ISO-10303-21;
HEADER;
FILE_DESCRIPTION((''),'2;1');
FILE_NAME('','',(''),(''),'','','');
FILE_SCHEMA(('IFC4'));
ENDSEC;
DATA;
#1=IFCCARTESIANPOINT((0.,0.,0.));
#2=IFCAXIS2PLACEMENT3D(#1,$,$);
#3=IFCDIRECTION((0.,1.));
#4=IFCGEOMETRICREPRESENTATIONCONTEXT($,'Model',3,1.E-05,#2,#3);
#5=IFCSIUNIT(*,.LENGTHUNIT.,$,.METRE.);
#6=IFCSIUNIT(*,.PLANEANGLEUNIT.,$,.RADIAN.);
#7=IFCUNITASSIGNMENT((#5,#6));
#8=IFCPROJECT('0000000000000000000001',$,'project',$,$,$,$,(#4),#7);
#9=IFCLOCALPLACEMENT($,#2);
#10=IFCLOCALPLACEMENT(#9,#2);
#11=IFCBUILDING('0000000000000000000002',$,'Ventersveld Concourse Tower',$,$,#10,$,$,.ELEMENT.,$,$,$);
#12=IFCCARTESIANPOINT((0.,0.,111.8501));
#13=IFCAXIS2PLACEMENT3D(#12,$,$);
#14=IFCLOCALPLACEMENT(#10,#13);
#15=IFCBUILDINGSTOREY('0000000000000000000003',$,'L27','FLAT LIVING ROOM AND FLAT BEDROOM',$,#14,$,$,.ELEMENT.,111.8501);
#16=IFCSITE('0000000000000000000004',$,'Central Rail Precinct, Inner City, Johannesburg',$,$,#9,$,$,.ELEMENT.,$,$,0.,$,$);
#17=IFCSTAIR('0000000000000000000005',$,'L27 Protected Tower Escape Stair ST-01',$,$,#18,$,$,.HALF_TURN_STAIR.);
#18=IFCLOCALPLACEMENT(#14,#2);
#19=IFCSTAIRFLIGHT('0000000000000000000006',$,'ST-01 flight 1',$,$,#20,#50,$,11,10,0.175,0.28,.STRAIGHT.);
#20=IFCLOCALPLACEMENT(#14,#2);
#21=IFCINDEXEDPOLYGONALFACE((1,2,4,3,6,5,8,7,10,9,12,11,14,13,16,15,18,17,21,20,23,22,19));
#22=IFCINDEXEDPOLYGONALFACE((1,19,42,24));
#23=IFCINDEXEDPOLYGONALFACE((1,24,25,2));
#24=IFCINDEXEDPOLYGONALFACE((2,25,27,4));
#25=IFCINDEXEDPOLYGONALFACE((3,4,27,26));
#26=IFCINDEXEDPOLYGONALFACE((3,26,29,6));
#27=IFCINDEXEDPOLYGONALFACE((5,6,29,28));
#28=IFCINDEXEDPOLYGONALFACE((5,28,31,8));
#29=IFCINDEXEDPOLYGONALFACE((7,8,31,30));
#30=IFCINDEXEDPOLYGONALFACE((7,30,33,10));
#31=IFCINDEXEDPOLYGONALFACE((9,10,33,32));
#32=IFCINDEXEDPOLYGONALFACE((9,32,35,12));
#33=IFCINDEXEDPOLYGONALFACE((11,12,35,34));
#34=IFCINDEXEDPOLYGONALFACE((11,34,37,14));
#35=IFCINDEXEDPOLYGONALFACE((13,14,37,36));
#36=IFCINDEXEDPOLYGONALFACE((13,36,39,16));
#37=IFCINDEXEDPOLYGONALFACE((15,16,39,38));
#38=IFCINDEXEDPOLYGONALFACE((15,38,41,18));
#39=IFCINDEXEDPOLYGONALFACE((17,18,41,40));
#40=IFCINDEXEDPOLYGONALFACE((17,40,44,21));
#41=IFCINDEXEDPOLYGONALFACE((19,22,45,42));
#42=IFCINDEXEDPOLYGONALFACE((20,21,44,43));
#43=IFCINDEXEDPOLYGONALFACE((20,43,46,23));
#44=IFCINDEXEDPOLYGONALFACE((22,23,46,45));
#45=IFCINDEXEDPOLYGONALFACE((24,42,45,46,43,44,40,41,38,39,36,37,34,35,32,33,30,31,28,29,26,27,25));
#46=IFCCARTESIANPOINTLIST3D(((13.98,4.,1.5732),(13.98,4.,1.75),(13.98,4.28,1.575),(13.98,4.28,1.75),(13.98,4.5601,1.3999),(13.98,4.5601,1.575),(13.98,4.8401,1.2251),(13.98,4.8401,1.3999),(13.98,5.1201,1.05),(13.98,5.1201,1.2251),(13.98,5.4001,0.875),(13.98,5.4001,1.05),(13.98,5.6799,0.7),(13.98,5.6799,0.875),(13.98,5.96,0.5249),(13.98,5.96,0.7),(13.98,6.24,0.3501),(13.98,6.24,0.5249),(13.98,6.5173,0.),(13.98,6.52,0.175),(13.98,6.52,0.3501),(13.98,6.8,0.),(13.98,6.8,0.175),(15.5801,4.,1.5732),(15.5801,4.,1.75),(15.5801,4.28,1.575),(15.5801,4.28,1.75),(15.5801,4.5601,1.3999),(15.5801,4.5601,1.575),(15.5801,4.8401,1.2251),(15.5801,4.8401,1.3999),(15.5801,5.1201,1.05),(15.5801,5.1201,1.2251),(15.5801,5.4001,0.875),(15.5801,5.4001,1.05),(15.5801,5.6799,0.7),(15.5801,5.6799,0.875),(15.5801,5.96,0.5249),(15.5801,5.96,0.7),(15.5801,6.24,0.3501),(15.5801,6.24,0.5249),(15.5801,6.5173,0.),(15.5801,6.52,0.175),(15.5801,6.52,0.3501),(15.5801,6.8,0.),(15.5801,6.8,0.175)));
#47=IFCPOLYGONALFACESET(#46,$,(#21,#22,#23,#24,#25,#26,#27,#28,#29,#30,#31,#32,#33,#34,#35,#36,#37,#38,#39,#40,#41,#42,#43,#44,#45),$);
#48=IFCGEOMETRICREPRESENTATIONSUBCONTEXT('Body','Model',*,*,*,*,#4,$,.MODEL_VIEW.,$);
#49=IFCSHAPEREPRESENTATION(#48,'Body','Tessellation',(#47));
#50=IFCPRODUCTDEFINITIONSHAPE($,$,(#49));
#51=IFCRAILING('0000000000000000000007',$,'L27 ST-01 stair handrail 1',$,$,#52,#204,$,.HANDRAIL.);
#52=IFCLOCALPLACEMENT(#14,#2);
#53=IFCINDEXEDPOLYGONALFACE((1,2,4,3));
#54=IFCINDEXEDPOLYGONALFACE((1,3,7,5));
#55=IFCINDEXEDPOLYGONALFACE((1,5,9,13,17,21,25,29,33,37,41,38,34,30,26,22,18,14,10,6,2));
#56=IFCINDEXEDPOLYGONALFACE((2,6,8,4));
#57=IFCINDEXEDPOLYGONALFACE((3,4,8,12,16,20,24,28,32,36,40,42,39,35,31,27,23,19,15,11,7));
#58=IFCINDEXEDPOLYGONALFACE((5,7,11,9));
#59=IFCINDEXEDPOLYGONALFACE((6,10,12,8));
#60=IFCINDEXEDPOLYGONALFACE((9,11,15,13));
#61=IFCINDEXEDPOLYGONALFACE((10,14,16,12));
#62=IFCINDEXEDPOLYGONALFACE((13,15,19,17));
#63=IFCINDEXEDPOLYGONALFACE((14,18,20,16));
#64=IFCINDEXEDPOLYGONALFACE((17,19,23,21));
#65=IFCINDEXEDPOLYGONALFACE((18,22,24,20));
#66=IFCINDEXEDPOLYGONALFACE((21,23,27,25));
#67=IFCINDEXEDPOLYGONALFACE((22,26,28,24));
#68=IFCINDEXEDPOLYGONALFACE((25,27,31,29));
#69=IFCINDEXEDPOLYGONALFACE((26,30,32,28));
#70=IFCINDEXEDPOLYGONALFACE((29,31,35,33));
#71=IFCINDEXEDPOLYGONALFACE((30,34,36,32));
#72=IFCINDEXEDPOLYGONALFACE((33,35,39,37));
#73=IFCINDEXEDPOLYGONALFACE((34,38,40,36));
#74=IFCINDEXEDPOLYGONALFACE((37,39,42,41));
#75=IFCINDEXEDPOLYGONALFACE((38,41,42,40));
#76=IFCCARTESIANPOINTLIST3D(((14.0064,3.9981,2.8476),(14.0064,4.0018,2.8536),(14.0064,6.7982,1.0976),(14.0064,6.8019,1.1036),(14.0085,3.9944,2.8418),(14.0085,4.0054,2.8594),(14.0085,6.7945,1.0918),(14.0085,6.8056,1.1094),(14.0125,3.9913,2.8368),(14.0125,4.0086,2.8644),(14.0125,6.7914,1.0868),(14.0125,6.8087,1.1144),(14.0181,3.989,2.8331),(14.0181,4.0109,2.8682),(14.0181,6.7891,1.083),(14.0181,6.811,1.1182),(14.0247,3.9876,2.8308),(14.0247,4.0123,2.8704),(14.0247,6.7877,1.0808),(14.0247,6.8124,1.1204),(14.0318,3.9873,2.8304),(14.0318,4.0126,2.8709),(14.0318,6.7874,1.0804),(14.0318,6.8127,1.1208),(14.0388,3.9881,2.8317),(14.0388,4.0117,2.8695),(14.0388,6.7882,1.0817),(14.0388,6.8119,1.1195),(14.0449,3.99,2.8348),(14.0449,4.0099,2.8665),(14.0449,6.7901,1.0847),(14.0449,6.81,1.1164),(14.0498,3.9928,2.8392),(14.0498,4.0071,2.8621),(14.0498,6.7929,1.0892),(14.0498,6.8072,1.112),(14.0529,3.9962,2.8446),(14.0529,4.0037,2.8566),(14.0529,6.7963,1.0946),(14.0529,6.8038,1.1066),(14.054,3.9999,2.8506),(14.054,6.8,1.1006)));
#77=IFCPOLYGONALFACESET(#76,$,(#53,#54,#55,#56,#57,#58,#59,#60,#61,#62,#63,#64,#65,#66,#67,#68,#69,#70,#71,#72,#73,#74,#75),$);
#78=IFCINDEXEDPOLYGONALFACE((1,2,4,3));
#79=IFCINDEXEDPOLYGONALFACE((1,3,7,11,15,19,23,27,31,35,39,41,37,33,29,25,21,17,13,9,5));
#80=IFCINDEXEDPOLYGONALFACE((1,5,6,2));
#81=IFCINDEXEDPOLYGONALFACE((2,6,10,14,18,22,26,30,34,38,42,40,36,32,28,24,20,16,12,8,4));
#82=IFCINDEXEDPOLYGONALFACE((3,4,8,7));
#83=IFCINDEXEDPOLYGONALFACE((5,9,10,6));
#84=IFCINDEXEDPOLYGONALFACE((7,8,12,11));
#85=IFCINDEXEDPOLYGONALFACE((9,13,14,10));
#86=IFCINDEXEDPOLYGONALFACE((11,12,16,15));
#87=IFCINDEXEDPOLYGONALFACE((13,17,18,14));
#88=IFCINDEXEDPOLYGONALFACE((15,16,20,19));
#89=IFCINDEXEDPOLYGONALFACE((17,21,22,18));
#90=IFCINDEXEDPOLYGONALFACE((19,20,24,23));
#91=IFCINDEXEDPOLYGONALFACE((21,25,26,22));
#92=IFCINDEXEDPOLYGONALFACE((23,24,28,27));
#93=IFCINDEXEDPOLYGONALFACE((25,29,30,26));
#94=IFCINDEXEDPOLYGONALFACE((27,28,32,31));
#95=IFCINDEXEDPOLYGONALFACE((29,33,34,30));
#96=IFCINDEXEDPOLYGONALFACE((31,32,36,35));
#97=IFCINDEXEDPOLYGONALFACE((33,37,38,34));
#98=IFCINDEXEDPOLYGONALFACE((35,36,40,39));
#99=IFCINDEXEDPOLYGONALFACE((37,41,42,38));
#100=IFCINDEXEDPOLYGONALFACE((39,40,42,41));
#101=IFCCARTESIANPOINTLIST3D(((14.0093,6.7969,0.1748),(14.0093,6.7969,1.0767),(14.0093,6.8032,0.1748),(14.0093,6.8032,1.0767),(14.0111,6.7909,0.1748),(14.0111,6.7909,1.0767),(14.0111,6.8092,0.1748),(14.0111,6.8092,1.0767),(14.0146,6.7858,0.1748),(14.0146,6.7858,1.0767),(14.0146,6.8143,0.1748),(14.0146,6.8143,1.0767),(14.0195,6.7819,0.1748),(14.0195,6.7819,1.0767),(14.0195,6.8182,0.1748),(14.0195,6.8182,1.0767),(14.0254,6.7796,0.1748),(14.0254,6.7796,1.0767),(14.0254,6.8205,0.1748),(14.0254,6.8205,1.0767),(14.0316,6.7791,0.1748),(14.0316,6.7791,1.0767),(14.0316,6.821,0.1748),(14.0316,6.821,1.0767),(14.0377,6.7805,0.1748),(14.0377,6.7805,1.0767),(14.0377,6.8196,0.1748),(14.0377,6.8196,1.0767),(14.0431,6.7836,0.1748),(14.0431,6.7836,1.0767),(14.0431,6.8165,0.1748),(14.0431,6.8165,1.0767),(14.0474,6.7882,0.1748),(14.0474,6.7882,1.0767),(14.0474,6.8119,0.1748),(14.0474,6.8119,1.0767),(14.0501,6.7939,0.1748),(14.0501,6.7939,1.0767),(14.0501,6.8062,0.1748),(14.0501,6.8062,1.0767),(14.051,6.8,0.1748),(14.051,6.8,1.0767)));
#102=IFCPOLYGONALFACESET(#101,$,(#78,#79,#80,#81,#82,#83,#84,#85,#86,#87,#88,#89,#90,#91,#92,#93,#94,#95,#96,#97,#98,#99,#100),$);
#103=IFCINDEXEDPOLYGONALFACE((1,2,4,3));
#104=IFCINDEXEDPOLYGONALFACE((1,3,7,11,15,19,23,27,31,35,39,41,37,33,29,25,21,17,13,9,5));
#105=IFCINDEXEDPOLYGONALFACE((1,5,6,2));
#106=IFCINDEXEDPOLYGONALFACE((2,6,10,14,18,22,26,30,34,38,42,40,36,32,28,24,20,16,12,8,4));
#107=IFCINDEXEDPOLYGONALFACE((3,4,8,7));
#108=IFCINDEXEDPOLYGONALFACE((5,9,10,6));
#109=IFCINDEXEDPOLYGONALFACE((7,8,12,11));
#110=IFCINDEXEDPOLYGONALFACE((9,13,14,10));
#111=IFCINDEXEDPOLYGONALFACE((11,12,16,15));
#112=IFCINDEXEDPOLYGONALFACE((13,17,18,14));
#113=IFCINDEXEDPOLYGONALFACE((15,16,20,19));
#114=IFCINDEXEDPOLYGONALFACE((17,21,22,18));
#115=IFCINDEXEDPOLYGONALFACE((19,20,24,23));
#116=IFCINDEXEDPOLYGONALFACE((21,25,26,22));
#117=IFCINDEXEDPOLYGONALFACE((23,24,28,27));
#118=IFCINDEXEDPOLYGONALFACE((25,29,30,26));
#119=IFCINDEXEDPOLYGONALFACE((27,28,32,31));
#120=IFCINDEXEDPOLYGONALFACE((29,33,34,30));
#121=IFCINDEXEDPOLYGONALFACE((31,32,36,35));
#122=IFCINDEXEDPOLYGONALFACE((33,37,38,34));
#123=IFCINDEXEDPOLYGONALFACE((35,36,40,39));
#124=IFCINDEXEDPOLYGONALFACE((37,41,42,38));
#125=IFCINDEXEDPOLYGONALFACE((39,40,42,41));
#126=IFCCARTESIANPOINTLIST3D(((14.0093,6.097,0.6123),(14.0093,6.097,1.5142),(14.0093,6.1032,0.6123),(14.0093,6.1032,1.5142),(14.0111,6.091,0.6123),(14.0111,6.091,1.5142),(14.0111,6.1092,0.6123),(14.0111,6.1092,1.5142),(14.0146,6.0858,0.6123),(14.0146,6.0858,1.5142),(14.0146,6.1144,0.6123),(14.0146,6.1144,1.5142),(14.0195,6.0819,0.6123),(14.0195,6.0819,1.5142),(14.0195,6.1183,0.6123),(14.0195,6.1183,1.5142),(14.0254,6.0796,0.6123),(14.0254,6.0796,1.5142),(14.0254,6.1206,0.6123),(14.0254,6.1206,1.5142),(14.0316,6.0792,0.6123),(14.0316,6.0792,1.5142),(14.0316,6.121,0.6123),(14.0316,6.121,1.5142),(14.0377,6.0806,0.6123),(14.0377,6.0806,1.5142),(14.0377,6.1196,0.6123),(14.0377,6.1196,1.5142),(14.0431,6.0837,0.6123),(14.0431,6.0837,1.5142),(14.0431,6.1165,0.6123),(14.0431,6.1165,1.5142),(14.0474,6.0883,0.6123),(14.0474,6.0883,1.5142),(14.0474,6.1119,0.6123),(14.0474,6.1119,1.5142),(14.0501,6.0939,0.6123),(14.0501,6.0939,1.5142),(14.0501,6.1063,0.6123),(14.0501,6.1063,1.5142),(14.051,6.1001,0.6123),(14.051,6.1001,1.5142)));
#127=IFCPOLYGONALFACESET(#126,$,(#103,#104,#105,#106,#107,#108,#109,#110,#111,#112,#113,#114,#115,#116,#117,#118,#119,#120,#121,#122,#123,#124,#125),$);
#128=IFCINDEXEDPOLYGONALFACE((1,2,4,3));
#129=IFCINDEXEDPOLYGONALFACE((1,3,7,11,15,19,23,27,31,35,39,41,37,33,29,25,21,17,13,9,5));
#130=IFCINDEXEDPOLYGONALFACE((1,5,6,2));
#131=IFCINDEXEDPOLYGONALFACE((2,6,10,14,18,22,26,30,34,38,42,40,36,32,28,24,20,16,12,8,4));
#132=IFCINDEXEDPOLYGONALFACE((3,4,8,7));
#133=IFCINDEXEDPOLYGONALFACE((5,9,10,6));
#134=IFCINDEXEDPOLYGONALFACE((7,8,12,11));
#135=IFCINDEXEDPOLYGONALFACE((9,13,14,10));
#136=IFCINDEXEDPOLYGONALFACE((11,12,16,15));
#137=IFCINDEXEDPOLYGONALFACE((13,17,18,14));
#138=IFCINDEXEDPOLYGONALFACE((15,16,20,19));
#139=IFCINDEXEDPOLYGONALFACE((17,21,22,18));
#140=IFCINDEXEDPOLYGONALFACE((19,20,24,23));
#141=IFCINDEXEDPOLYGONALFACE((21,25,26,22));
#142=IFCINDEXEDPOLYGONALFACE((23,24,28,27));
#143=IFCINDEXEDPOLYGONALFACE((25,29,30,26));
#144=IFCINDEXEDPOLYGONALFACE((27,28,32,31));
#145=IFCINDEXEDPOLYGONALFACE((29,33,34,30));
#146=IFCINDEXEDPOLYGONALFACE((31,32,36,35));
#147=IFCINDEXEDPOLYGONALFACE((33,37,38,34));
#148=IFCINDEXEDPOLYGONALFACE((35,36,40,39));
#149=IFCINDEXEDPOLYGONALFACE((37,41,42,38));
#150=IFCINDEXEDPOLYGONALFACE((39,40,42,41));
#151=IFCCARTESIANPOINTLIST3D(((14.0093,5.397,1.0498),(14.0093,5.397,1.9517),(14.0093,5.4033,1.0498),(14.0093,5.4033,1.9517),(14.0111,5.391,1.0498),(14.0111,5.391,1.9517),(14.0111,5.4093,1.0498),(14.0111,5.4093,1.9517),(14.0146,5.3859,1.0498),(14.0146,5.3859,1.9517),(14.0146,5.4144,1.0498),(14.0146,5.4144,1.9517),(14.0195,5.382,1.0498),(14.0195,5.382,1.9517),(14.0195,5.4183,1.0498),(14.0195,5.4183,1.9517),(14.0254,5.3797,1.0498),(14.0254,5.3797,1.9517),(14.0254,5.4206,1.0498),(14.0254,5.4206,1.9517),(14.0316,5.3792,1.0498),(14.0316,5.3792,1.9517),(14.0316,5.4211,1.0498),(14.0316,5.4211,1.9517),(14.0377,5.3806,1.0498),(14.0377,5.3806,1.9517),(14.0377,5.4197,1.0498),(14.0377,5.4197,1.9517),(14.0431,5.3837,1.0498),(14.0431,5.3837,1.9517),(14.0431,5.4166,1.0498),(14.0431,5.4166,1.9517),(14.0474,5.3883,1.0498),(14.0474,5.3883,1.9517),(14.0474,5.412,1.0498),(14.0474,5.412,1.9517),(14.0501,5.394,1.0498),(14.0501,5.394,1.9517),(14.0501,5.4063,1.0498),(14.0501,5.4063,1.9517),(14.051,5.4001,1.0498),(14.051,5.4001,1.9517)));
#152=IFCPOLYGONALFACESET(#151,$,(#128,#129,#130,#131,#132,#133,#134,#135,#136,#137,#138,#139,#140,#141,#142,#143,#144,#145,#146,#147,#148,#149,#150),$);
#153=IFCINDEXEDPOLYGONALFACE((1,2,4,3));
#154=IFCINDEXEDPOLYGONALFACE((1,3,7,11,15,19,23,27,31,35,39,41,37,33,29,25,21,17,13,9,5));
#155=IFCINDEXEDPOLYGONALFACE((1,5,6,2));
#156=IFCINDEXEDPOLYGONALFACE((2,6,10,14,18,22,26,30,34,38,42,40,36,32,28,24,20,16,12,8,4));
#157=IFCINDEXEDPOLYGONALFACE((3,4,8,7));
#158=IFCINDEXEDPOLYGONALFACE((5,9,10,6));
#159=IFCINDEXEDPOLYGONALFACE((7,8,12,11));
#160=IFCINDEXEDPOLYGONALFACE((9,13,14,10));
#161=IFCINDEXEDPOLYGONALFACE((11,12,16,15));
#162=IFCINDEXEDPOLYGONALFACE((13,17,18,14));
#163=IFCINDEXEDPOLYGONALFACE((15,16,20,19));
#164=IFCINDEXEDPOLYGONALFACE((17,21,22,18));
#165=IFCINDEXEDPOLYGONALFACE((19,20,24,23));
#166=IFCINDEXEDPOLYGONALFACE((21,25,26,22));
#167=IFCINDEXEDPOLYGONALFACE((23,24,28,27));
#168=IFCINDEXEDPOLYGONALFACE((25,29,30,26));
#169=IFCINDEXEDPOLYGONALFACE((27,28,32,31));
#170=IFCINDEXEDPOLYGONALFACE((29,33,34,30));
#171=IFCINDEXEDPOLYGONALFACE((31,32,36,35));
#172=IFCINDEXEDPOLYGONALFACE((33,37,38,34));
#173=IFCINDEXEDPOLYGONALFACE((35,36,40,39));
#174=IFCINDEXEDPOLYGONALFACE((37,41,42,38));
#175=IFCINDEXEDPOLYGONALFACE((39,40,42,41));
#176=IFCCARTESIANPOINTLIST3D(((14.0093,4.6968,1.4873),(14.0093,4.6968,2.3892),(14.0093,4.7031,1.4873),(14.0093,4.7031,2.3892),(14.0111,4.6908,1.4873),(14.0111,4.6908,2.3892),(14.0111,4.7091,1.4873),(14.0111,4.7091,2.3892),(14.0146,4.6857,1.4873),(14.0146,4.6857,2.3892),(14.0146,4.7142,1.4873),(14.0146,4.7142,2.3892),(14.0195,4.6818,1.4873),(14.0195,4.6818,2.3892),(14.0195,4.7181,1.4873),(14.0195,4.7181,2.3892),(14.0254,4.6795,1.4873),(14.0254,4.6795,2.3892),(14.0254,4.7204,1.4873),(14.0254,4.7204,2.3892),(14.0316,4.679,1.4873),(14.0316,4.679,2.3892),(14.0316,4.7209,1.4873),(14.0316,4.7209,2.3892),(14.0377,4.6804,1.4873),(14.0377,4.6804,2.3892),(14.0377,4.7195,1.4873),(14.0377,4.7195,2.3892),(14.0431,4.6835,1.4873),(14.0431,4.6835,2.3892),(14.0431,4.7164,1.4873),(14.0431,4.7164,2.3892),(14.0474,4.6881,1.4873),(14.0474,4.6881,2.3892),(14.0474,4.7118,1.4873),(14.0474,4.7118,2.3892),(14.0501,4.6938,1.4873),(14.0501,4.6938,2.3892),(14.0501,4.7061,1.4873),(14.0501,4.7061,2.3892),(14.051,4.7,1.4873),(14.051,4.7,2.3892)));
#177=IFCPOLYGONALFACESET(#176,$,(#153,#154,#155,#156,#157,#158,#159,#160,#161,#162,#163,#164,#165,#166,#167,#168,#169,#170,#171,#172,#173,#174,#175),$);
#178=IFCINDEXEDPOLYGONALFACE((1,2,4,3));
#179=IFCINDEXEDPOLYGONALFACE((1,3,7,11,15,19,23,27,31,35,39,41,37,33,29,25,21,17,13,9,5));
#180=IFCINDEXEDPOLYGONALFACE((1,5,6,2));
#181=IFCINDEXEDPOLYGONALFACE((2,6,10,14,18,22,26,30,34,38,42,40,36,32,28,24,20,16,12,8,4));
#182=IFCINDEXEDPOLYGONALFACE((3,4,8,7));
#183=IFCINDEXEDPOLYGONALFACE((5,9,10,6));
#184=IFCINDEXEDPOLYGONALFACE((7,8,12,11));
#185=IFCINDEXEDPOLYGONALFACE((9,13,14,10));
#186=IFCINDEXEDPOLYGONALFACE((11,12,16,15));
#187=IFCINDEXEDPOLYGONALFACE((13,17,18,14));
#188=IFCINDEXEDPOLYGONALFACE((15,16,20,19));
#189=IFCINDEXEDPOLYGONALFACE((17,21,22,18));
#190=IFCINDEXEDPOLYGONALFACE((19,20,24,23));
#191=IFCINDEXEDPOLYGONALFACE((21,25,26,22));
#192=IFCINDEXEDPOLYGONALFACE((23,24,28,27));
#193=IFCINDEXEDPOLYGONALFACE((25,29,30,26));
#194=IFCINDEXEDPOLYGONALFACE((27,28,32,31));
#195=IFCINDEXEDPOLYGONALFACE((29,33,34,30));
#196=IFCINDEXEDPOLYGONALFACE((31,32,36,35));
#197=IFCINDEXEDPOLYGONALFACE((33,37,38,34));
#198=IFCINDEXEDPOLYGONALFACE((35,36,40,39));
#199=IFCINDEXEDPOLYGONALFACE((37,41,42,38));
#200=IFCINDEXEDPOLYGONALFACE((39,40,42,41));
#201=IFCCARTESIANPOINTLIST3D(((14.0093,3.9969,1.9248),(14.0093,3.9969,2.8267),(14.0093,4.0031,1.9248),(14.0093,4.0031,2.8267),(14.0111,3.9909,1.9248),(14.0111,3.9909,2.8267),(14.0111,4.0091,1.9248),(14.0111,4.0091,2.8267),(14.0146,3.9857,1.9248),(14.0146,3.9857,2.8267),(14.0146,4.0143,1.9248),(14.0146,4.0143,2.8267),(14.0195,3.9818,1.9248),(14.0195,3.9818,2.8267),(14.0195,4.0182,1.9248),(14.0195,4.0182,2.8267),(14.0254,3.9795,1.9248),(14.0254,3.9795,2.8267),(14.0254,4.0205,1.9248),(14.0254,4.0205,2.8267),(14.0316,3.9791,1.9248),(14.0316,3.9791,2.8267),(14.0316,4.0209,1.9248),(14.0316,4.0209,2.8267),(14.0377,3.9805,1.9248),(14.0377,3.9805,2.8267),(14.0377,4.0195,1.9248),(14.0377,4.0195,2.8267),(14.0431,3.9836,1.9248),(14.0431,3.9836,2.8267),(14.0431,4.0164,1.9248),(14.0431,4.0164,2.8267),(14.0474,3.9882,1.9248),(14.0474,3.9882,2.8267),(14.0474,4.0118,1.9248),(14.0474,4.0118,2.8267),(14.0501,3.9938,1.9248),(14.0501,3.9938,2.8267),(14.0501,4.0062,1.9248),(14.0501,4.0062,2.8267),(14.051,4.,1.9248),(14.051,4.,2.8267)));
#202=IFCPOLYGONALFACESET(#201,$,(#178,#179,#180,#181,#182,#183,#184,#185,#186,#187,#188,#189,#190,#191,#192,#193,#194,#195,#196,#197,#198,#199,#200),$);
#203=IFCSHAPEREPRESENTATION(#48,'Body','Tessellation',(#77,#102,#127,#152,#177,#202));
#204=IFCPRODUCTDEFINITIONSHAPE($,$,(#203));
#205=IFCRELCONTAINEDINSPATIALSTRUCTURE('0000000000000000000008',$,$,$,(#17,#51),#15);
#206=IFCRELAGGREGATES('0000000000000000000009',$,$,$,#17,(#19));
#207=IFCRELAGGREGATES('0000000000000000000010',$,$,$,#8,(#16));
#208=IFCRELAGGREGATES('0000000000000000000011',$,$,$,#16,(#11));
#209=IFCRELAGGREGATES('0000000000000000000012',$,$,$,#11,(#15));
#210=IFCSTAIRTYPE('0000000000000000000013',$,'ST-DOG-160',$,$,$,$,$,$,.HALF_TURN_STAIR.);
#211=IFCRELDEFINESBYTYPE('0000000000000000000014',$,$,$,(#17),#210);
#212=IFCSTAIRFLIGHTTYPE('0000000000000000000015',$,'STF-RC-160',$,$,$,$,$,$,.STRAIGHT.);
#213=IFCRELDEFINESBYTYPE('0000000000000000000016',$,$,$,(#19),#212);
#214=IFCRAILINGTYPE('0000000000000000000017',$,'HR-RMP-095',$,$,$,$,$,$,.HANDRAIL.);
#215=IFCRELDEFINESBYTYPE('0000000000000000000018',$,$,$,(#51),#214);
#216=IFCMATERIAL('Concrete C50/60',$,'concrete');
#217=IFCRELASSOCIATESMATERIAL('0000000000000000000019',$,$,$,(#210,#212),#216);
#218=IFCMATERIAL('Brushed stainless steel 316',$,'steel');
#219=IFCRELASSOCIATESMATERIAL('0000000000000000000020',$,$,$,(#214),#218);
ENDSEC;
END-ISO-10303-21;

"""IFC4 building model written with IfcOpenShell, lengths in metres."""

from ifc_helpers import new_model, si_unit, direction, frame, origin, origin_2d, place, context, subcontext, project, spatial, polyline, circle, outline, extrude, material, type_object, element, aggregate, save


model = new_model("IFC4")

# Units and contexts
model_context = context("Model", 3, precision=1e-05, world=origin(), true_north=direction((0.0, 1.0)))
body_context = subcontext(model_context, "Body", "Model", "MODEL_VIEW")
ifc_project = project(units=[si_unit("LENGTHUNIT", "METRE"), si_unit("PLANEANGLEUNIT", "RADIAN")], contexts=[model_context])

# Site, building, storey
site_placement = place(None, origin())
site = spatial("IfcSite", under=ifc_project, at=site_placement, Name="Central Rail Precinct, Inner City, Johannesburg", CompositionType="ELEMENT", RefElevation=0.0)
building_placement = place(site_placement, origin())
building = spatial("IfcBuilding", under=site, at=building_placement, Name="Ventersveld Concourse Tower", CompositionType="ELEMENT")
storey_placement = place(building_placement, frame((0.0, 0.0, 111.8501)))
storey = spatial("IfcBuildingStorey", under=building, at=storey_placement, Name="L27", Description="FLAT LIVING ROOM AND FLAT BEDROOM", CompositionType="ELEMENT", Elevation=111.8501)

# Shared definitions
ifc_material_1 = material(Name="Concrete C50/60", Category="concrete")

# Stair, stair flight
stair_type = type_object("IfcStairType", Name="ST-DOG-160", PredefinedType="HALF_TURN_STAIR", material=ifc_material_1)
stair_placement = place(storey_placement, origin())
stair = element("IfcStair", 1, at=stair_placement, inside=storey, type_object=stair_type, Name="L27 Protected Tower Escape Stair ST-01", PredefinedType="HALF_TURN_STAIR")
stair_flight_type = type_object("IfcStairFlightType", Name="STF-RC-160", PredefinedType="STRAIGHT", material=ifc_material_1)
stair_flight_placement = place(storey_placement, frame((14.78, 6.8, 0.0), z_axis=(0.0, 0.0, 1.0), x_axis=(0.0, -1.0, 0.0)))
stair_flight = element("IfcStairFlight", 2, at=stair_flight_placement, type_object=stair_flight_type, Name="ST-01 flight 1", NumberOfRisers=11, NumberOfTreads=10, PredefinedType="STRAIGHT", RiserHeight=0.175, TreadLength=0.28, context=body_context, shape_type="SweptSolid", body=[
    extrude(outline(polyline([(0.0, 0.0), (0.0, 0.175), (0.28, 0.175), (0.28, 0.3501), (0.5601, 0.3501), (0.5601, 0.5249), (0.8401, 0.5249), (0.8401, 0.7), (1.1201, 0.7), (1.1201, 0.875), (1.3999, 0.875), (1.3999, 1.05), (1.6799, 1.05), (1.6799, 1.2251), (1.96, 1.2251), (1.96, 1.3999), (2.24, 1.3999), (2.24, 1.575), (2.52, 1.575), (2.52, 1.75), (2.8, 1.75), (2.8, 1.925), (2.8, 1.5732), (0.2827, 0.0), (0.0, 0.0)])), frame((0.0, 0.8, 0.0), z_axis=(0.0, -1.0, 0.0), x_axis=(1.0, 0.0, 0.0)), (0.0, 0.0, 1.0), 1.6001),
])
aggregate(stair, [stair_flight])

# Railing
ifc_material_2 = material(Name="Brushed stainless steel 316", Category="steel")
railing_type = type_object("IfcRailingType", Name="HR-RMP-095", PredefinedType="HANDRAIL", material=ifc_material_2)
railing_placement = place(storey_placement, frame((14.03, 6.8, 0.1748)))
element("IfcRailing", 3, at=railing_placement, inside=storey, type_object=railing_type, Name="L27 ST-01 stair handrail 1", PredefinedType="HANDRAIL", context=body_context, shape_type="SweptSolid", body=[
    extrude(circle(Radius=0.0239, at=origin_2d()), frame((0.0, 0.0, 0.9258), z_axis=(0.0, -0.848002, 0.529992), x_axis=(1.0, 0.0, 0.0)), (0.0, 0.0, 1.0), 3.302),
    extrude(circle(Radius=0.021, at=origin_2d()), origin(), (0.0, 0.0, 1.0), 0.9019),
    extrude(circle(Radius=0.021, at=origin_2d()), frame((0.0, -0.7, 0.4375)), (0.0, 0.0, 1.0), 0.9019),
    extrude(circle(Radius=0.021, at=origin_2d()), frame((0.0, -1.3999, 0.875)), (0.0, 0.0, 1.0), 0.9019),
    extrude(circle(Radius=0.021, at=origin_2d()), frame((0.0, -2.1001, 1.3125)), (0.0, 0.0, 1.0), 0.9019),
    extrude(circle(Radius=0.021, at=origin_2d()), frame((0.0, -2.8, 1.75)), (0.0, 0.0, 1.0), 0.9019),
])

save(model, "model.ifc")
